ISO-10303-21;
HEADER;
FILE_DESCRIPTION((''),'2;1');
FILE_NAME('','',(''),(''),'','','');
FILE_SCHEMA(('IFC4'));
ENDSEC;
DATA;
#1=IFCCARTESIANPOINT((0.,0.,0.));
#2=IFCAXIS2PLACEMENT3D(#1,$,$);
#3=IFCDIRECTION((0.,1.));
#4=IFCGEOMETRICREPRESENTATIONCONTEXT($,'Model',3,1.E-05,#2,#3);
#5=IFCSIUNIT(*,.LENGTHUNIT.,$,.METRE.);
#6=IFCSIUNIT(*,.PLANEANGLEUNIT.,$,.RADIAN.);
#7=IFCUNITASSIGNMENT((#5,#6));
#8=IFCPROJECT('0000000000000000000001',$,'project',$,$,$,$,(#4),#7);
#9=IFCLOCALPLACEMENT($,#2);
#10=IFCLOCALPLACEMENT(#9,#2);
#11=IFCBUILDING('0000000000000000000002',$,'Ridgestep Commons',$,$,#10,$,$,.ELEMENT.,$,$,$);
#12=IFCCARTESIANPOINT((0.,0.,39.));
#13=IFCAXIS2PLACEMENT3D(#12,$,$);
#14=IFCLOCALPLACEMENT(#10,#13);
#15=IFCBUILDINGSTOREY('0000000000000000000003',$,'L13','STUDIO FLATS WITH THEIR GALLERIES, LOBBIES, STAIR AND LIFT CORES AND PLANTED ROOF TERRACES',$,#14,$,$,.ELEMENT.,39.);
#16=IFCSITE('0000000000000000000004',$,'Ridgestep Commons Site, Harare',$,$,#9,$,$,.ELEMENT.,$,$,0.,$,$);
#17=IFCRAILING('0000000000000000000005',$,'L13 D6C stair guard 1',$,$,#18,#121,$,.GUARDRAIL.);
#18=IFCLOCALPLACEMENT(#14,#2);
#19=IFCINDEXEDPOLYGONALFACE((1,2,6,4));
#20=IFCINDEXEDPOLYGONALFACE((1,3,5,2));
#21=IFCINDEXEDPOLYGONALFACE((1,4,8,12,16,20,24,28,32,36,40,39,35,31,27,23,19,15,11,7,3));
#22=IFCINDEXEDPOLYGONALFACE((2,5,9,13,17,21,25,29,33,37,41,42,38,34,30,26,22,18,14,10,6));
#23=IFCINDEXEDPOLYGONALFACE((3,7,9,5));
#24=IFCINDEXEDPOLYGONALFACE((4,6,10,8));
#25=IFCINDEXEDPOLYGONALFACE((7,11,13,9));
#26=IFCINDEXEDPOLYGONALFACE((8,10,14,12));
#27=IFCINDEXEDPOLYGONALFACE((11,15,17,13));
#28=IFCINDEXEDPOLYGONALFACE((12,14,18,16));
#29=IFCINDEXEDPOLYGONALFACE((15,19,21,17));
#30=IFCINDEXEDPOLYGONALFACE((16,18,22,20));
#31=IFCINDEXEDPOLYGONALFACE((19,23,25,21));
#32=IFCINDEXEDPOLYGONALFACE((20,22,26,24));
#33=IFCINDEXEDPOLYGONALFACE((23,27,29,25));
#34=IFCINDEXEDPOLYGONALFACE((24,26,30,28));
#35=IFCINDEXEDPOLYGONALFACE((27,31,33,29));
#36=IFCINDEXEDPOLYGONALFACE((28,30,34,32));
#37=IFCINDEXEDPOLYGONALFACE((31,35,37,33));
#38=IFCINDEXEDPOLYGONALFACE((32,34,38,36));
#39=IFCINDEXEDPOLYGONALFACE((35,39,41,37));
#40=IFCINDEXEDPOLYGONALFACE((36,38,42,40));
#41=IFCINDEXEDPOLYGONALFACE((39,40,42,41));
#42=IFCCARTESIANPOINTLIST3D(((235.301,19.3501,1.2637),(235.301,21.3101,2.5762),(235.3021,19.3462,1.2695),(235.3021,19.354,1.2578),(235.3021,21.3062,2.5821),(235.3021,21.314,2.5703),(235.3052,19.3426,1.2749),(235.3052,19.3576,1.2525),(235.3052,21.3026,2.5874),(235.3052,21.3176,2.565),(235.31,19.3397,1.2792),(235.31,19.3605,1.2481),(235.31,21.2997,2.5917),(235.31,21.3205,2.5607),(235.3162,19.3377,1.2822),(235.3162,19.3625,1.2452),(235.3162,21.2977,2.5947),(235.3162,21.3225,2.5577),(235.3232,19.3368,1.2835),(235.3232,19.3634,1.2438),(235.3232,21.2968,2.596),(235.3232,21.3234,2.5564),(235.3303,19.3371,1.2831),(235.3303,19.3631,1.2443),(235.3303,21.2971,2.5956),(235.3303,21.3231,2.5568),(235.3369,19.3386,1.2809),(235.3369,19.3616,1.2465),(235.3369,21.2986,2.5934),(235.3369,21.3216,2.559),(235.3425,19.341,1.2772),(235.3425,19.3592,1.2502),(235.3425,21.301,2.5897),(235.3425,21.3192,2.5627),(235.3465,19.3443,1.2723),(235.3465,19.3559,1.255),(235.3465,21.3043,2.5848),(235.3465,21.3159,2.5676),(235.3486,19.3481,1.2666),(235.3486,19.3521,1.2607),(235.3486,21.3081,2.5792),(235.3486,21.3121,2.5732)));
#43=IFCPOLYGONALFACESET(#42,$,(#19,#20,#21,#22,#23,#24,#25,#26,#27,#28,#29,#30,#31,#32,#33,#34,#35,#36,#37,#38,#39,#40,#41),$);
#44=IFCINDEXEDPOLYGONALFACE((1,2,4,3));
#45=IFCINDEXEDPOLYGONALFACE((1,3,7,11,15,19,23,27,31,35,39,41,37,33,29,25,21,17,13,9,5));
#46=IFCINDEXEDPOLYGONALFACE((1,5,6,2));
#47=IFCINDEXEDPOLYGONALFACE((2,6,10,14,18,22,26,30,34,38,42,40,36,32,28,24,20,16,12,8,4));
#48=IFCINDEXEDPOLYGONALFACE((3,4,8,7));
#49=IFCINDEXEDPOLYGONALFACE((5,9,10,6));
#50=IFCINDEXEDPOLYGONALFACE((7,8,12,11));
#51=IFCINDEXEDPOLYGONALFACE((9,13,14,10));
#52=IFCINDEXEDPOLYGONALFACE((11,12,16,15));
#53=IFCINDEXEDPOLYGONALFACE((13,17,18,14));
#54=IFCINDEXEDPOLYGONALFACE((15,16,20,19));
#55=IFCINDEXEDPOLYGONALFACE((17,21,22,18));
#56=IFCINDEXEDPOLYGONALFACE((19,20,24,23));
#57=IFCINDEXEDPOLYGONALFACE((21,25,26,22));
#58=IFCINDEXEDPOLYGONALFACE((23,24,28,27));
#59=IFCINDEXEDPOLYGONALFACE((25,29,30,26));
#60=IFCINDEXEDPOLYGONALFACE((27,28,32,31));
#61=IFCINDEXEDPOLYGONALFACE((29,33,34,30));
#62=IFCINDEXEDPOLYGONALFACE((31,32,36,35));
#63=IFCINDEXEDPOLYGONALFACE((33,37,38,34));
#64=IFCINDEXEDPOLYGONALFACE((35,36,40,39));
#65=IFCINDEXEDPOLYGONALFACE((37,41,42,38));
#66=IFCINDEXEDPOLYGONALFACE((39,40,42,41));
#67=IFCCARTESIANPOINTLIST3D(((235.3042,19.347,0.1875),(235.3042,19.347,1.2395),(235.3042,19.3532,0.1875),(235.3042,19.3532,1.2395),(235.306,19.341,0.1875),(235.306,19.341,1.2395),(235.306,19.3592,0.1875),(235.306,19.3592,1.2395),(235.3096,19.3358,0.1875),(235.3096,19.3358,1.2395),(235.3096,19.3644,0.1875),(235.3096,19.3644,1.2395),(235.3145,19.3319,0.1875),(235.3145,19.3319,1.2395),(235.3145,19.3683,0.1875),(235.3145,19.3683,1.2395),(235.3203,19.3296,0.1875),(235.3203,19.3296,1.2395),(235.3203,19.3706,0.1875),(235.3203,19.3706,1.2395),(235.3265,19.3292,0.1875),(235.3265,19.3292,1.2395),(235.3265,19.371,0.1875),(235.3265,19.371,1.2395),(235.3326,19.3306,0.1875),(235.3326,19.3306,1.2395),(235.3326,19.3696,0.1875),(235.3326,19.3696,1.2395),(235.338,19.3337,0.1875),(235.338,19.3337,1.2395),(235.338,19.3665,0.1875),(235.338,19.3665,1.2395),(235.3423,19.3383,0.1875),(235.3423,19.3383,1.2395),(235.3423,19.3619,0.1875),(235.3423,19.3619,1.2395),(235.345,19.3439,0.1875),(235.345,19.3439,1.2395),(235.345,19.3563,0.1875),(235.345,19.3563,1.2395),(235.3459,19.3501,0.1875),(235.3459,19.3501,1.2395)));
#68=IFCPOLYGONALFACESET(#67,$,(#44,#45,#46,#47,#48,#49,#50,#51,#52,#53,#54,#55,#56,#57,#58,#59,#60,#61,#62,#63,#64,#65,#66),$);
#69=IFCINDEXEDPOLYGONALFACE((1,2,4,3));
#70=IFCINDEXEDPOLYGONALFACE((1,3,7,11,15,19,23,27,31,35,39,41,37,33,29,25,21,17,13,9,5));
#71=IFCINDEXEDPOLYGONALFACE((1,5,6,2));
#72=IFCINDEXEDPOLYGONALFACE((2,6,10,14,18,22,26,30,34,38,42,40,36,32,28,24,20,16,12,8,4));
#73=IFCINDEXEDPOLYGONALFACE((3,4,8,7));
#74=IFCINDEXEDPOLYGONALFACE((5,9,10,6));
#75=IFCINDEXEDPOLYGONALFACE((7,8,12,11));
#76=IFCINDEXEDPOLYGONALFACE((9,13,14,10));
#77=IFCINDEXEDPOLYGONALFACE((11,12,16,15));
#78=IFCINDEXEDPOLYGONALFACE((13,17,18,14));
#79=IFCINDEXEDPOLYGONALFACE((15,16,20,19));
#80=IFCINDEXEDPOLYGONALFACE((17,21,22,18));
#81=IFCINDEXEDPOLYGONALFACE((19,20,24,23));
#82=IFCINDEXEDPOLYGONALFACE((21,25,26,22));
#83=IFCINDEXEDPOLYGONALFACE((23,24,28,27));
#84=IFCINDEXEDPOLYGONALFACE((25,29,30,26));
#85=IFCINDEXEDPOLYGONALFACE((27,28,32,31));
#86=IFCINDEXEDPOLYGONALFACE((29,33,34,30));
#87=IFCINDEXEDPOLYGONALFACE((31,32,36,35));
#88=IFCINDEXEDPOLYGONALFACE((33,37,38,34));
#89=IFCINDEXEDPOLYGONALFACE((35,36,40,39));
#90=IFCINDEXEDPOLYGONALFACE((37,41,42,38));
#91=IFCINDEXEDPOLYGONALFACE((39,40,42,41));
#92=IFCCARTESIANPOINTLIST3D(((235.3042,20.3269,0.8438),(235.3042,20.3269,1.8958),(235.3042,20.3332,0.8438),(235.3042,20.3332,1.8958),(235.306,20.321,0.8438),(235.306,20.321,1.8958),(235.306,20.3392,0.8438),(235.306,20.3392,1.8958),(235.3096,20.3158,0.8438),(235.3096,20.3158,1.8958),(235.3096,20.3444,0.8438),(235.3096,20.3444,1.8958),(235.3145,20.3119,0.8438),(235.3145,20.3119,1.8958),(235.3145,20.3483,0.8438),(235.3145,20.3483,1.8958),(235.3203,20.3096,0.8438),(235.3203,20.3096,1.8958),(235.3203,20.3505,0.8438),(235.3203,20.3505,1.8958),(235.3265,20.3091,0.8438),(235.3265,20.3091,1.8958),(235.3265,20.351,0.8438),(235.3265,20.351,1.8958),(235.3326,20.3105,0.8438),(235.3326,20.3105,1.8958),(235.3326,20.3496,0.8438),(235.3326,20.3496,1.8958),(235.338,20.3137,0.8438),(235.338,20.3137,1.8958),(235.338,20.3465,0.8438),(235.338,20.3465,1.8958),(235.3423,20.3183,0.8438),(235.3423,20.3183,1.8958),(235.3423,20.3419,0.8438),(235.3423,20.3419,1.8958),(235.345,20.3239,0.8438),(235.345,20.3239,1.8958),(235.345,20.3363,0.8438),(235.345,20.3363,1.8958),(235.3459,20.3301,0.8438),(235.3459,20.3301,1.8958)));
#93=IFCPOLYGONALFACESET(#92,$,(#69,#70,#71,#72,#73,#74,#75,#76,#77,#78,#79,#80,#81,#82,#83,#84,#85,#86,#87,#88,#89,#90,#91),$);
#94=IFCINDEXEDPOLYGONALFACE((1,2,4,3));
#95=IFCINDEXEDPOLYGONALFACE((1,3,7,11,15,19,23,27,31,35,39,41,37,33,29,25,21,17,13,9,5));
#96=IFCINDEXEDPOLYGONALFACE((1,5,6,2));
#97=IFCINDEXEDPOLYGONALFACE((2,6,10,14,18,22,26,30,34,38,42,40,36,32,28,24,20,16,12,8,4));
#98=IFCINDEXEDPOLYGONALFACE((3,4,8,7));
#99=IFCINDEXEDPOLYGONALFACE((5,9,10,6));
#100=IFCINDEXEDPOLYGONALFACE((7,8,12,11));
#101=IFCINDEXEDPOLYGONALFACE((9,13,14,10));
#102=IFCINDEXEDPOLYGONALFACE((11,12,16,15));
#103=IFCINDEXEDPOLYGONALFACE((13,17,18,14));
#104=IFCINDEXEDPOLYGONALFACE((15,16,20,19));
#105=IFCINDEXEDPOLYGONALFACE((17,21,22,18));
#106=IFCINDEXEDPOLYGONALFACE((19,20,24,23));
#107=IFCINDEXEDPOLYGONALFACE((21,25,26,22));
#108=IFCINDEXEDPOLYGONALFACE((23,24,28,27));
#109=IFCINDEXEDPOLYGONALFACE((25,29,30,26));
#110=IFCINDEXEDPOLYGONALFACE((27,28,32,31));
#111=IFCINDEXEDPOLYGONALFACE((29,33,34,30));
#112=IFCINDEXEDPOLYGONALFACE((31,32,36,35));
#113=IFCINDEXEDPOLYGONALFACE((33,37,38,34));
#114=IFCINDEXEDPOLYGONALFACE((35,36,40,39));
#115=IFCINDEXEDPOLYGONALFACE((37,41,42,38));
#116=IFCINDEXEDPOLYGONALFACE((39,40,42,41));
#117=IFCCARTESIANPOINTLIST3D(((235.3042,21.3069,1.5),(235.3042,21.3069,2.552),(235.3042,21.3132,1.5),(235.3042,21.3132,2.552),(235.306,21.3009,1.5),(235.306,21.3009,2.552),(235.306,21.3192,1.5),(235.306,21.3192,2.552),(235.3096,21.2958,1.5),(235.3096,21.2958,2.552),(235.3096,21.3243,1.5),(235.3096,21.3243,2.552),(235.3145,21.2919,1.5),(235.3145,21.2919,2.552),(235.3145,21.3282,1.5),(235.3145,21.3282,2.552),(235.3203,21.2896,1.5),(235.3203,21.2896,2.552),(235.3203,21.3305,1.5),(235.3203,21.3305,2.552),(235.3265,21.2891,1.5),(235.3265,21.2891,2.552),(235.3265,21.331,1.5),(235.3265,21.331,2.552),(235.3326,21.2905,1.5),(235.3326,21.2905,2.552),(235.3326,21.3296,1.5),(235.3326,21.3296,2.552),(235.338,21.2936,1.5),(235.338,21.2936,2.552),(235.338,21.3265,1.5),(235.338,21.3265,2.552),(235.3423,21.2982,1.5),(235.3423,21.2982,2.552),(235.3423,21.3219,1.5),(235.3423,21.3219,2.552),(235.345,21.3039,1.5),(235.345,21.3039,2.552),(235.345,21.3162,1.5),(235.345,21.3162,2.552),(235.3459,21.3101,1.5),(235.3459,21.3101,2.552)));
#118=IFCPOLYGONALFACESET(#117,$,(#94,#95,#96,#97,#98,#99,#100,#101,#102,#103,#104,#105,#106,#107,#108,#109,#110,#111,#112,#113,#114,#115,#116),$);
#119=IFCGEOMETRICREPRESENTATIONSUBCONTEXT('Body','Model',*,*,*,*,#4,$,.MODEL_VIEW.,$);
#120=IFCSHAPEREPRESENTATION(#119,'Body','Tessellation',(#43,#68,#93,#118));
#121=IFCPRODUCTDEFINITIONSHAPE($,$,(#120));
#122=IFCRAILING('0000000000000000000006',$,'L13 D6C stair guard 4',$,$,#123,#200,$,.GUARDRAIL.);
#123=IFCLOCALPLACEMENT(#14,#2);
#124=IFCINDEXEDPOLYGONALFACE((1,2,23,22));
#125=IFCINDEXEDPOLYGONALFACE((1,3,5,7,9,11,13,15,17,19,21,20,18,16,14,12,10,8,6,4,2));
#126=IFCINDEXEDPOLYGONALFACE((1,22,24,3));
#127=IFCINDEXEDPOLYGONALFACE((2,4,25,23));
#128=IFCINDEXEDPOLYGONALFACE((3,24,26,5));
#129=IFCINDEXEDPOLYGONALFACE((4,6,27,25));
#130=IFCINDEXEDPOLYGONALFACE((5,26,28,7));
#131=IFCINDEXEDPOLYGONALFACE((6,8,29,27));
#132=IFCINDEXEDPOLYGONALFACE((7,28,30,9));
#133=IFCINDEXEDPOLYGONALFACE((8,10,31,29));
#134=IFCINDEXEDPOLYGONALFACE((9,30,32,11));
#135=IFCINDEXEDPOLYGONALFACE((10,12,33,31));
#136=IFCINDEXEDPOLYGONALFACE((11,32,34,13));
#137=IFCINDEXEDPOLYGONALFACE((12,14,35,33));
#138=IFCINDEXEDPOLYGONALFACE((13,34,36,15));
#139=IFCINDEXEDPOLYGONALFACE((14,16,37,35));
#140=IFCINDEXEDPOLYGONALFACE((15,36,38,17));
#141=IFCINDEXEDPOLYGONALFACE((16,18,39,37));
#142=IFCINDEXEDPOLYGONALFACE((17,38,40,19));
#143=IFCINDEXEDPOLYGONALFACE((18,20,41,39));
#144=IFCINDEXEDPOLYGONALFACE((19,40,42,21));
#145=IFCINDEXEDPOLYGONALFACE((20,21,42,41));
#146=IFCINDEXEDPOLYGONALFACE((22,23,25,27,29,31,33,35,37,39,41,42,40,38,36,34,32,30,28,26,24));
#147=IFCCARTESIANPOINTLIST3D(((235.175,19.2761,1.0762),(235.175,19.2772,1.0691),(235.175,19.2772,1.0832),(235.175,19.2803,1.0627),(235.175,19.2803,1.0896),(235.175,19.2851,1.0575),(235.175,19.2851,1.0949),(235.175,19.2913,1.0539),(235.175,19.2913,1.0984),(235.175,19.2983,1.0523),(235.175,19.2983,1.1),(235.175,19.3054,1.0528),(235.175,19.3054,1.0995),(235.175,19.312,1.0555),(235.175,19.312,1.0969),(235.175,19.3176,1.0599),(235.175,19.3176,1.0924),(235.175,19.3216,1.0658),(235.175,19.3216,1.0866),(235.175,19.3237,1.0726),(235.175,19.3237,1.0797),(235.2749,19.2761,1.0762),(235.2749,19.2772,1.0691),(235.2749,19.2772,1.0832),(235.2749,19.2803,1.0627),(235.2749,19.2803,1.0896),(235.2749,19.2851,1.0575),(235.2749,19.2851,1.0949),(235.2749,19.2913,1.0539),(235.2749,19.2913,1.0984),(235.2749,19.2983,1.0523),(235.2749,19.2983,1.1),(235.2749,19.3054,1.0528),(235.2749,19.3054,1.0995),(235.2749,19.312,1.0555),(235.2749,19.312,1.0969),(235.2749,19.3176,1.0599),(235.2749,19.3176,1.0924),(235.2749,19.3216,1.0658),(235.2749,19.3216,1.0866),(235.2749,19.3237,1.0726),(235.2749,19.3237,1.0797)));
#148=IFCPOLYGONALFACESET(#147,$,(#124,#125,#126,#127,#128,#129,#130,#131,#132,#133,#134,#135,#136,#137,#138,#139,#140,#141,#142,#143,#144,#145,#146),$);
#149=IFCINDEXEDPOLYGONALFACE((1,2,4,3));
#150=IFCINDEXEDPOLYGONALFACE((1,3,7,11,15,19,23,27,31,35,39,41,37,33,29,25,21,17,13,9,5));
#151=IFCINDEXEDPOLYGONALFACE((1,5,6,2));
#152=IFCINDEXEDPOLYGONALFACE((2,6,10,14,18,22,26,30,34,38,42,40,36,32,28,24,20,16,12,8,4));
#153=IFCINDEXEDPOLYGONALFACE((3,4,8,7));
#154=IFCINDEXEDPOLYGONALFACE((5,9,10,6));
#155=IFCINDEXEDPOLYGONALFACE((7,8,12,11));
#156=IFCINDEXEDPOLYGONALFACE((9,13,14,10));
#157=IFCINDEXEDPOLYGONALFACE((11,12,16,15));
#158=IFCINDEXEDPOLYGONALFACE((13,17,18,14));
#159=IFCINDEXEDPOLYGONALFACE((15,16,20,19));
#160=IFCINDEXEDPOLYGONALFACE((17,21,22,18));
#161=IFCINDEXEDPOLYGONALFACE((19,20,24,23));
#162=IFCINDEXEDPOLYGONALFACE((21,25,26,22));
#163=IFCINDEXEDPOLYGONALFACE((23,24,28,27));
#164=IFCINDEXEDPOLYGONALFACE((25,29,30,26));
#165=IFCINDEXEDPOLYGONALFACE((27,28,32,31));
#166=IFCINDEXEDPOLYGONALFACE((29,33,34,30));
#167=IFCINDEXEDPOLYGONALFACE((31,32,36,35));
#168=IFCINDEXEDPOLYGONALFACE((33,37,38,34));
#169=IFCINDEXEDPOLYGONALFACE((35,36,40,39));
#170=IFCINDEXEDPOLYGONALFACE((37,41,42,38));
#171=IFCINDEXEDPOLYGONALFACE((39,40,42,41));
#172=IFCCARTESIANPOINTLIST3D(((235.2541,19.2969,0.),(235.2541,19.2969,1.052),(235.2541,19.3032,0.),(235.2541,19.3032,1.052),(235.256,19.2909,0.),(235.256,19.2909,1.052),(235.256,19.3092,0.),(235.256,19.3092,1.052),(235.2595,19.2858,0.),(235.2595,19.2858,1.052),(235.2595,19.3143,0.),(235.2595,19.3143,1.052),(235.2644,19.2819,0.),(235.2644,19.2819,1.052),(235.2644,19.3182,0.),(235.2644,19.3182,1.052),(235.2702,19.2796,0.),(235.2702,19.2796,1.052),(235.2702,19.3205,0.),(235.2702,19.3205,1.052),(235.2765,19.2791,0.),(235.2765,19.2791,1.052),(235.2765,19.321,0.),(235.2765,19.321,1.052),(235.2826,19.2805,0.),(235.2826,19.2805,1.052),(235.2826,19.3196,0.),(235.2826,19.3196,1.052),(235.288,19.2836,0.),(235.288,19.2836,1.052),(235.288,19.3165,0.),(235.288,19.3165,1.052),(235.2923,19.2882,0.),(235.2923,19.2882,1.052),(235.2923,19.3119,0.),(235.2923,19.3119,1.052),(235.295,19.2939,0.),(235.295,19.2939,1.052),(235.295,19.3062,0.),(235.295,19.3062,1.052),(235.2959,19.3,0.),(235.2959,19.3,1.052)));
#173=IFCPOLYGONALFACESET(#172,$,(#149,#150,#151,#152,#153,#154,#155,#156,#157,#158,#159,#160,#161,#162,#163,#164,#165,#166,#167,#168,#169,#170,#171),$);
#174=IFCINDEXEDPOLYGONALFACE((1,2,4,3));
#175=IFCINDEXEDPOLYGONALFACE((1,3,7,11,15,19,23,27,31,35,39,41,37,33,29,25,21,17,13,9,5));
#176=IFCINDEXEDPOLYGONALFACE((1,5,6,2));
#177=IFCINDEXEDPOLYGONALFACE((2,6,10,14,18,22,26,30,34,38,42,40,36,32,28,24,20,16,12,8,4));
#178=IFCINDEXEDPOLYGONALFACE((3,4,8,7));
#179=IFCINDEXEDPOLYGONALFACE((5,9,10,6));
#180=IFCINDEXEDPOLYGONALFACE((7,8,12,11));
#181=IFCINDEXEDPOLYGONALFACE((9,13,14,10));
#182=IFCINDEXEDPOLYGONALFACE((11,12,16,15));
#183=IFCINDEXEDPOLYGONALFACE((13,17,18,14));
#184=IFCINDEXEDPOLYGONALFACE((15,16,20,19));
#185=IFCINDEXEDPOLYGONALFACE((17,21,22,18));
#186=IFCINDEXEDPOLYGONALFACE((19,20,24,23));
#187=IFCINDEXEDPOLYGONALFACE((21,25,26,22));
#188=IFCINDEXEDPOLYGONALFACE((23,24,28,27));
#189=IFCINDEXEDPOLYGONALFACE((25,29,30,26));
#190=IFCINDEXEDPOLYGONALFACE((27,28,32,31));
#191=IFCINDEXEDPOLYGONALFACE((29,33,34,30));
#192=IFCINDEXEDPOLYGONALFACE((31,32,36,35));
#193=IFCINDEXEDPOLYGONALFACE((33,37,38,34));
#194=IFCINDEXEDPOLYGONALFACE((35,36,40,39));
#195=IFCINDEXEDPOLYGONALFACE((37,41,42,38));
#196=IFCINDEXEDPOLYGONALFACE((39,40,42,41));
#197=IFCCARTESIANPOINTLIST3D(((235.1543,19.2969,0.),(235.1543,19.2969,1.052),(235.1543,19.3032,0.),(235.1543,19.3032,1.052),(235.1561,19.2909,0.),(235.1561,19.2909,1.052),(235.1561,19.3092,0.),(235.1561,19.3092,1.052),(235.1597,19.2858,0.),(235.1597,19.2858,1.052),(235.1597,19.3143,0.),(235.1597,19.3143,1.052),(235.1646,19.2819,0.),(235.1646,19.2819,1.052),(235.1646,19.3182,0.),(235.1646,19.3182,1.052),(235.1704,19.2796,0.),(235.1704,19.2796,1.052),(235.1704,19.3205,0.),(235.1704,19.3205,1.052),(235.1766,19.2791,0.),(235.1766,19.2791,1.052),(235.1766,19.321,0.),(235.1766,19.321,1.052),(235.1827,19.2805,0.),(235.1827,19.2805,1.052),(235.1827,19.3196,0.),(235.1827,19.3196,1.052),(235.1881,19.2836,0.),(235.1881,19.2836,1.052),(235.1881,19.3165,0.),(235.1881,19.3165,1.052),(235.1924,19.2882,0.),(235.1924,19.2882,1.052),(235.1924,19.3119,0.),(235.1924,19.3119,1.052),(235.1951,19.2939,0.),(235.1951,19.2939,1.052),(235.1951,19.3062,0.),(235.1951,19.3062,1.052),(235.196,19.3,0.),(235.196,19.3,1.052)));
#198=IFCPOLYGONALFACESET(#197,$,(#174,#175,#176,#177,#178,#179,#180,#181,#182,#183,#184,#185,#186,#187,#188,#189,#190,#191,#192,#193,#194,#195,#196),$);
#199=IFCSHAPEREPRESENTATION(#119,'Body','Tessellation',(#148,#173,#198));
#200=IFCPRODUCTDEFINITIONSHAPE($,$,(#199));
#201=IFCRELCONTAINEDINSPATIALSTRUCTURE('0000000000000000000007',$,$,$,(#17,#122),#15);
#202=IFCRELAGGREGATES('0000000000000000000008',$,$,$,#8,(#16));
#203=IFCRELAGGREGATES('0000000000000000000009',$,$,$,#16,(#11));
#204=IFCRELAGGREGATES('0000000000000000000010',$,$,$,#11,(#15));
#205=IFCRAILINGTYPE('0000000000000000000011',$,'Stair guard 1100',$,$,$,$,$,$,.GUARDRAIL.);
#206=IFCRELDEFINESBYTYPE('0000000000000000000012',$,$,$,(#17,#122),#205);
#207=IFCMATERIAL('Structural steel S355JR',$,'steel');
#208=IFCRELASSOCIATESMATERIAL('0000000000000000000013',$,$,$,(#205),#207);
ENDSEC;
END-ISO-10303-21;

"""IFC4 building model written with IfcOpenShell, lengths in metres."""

from ifc_helpers import new_model, si_unit, direction, frame, origin, origin_2d, place, context, subcontext, project, spatial, circle, extrude, material, type_object, element, save


model = new_model("IFC4")

# Units and contexts
model_context = context("Model", 3, precision=1e-05, world=origin(), true_north=direction((0.0, 1.0)))
body_context = subcontext(model_context, "Body", "Model", "MODEL_VIEW")
ifc_project = project(units=[si_unit("LENGTHUNIT", "METRE"), si_unit("PLANEANGLEUNIT", "RADIAN")], contexts=[model_context])

# Site, building, storey
site_placement = place(None, origin())
site = spatial("IfcSite", under=ifc_project, at=site_placement, Name="Ridgestep Commons Site, Harare", CompositionType="ELEMENT", RefElevation=0.0)
building_placement = place(site_placement, origin())
building = spatial("IfcBuilding", under=site, at=building_placement, Name="Ridgestep Commons", CompositionType="ELEMENT")
storey_placement = place(building_placement, frame((0.0, 0.0, 39.0)))
storey = spatial("IfcBuildingStorey", under=building, at=storey_placement, Name="L13", Description="STUDIO FLATS WITH THEIR GALLERIES, LOBBIES, STAIR AND LIFT CORES AND PLANTED ROOF TERRACES", CompositionType="ELEMENT", Elevation=39.0)

# Railings
ifc_material_1 = material(Name="Structural steel S355JR", Category="steel")
railing_type_1 = type_object("IfcRailingType", Name="Stair guard 1100", PredefinedType="GUARDRAIL", material=ifc_material_1)
railing_1_placement = place(storey_placement, frame((235.325, 19.3501, 0.1875)))
element("IfcRailing", 1, at=railing_1_placement, inside=storey, type_object=railing_type_1, Name="L13 D6C stair guard 1", PredefinedType="GUARDRAIL", context=body_context, shape_type="SweptSolid", body=[
    extrude(circle(Radius=0.0239, at=origin_2d()), frame((0.0, 0.0, 1.0762), z_axis=(0.0, 0.830902, 0.556419), x_axis=(-1.0, 0.0, 0.0)), (0.0, 0.0, 1.0), 2.3589),
    extrude(circle(Radius=0.021, at=origin_2d()), origin(), (0.0, 0.0, 1.0), 1.052),
    extrude(circle(Radius=0.021, at=origin_2d()), frame((0.0, 0.98, 0.6562)), (0.0, 0.0, 1.0), 1.052),
    extrude(circle(Radius=0.021, at=origin_2d()), frame((0.0, 1.96, 1.3125)), (0.0, 0.0, 1.0), 1.052),
])
railing_2_placement = place(storey_placement, frame((235.2749, 19.3, 0.0)))
element("IfcRailing", 2, at=railing_2_placement, inside=storey, type_object=railing_type_1, Name="L13 D6C stair guard 4", PredefinedType="GUARDRAIL", context=body_context, shape_type="SweptSolid", body=[
    extrude(circle(Radius=0.0239, at=origin_2d()), frame((0.0, 0.0, 1.0762), z_axis=(-1.0, 0.0, 0.0), x_axis=(0.0, -1.0, 0.0)), (0.0, 0.0, 1.0), 0.0999),
    extrude(circle(Radius=0.021, at=origin_2d()), origin(), (0.0, 0.0, 1.0), 1.052),
    extrude(circle(Radius=0.021, at=origin_2d()), frame((-0.0999, 0.0, 0.0)), (0.0, 0.0, 1.0), 1.052),
])

save(model, "model.ifc")
